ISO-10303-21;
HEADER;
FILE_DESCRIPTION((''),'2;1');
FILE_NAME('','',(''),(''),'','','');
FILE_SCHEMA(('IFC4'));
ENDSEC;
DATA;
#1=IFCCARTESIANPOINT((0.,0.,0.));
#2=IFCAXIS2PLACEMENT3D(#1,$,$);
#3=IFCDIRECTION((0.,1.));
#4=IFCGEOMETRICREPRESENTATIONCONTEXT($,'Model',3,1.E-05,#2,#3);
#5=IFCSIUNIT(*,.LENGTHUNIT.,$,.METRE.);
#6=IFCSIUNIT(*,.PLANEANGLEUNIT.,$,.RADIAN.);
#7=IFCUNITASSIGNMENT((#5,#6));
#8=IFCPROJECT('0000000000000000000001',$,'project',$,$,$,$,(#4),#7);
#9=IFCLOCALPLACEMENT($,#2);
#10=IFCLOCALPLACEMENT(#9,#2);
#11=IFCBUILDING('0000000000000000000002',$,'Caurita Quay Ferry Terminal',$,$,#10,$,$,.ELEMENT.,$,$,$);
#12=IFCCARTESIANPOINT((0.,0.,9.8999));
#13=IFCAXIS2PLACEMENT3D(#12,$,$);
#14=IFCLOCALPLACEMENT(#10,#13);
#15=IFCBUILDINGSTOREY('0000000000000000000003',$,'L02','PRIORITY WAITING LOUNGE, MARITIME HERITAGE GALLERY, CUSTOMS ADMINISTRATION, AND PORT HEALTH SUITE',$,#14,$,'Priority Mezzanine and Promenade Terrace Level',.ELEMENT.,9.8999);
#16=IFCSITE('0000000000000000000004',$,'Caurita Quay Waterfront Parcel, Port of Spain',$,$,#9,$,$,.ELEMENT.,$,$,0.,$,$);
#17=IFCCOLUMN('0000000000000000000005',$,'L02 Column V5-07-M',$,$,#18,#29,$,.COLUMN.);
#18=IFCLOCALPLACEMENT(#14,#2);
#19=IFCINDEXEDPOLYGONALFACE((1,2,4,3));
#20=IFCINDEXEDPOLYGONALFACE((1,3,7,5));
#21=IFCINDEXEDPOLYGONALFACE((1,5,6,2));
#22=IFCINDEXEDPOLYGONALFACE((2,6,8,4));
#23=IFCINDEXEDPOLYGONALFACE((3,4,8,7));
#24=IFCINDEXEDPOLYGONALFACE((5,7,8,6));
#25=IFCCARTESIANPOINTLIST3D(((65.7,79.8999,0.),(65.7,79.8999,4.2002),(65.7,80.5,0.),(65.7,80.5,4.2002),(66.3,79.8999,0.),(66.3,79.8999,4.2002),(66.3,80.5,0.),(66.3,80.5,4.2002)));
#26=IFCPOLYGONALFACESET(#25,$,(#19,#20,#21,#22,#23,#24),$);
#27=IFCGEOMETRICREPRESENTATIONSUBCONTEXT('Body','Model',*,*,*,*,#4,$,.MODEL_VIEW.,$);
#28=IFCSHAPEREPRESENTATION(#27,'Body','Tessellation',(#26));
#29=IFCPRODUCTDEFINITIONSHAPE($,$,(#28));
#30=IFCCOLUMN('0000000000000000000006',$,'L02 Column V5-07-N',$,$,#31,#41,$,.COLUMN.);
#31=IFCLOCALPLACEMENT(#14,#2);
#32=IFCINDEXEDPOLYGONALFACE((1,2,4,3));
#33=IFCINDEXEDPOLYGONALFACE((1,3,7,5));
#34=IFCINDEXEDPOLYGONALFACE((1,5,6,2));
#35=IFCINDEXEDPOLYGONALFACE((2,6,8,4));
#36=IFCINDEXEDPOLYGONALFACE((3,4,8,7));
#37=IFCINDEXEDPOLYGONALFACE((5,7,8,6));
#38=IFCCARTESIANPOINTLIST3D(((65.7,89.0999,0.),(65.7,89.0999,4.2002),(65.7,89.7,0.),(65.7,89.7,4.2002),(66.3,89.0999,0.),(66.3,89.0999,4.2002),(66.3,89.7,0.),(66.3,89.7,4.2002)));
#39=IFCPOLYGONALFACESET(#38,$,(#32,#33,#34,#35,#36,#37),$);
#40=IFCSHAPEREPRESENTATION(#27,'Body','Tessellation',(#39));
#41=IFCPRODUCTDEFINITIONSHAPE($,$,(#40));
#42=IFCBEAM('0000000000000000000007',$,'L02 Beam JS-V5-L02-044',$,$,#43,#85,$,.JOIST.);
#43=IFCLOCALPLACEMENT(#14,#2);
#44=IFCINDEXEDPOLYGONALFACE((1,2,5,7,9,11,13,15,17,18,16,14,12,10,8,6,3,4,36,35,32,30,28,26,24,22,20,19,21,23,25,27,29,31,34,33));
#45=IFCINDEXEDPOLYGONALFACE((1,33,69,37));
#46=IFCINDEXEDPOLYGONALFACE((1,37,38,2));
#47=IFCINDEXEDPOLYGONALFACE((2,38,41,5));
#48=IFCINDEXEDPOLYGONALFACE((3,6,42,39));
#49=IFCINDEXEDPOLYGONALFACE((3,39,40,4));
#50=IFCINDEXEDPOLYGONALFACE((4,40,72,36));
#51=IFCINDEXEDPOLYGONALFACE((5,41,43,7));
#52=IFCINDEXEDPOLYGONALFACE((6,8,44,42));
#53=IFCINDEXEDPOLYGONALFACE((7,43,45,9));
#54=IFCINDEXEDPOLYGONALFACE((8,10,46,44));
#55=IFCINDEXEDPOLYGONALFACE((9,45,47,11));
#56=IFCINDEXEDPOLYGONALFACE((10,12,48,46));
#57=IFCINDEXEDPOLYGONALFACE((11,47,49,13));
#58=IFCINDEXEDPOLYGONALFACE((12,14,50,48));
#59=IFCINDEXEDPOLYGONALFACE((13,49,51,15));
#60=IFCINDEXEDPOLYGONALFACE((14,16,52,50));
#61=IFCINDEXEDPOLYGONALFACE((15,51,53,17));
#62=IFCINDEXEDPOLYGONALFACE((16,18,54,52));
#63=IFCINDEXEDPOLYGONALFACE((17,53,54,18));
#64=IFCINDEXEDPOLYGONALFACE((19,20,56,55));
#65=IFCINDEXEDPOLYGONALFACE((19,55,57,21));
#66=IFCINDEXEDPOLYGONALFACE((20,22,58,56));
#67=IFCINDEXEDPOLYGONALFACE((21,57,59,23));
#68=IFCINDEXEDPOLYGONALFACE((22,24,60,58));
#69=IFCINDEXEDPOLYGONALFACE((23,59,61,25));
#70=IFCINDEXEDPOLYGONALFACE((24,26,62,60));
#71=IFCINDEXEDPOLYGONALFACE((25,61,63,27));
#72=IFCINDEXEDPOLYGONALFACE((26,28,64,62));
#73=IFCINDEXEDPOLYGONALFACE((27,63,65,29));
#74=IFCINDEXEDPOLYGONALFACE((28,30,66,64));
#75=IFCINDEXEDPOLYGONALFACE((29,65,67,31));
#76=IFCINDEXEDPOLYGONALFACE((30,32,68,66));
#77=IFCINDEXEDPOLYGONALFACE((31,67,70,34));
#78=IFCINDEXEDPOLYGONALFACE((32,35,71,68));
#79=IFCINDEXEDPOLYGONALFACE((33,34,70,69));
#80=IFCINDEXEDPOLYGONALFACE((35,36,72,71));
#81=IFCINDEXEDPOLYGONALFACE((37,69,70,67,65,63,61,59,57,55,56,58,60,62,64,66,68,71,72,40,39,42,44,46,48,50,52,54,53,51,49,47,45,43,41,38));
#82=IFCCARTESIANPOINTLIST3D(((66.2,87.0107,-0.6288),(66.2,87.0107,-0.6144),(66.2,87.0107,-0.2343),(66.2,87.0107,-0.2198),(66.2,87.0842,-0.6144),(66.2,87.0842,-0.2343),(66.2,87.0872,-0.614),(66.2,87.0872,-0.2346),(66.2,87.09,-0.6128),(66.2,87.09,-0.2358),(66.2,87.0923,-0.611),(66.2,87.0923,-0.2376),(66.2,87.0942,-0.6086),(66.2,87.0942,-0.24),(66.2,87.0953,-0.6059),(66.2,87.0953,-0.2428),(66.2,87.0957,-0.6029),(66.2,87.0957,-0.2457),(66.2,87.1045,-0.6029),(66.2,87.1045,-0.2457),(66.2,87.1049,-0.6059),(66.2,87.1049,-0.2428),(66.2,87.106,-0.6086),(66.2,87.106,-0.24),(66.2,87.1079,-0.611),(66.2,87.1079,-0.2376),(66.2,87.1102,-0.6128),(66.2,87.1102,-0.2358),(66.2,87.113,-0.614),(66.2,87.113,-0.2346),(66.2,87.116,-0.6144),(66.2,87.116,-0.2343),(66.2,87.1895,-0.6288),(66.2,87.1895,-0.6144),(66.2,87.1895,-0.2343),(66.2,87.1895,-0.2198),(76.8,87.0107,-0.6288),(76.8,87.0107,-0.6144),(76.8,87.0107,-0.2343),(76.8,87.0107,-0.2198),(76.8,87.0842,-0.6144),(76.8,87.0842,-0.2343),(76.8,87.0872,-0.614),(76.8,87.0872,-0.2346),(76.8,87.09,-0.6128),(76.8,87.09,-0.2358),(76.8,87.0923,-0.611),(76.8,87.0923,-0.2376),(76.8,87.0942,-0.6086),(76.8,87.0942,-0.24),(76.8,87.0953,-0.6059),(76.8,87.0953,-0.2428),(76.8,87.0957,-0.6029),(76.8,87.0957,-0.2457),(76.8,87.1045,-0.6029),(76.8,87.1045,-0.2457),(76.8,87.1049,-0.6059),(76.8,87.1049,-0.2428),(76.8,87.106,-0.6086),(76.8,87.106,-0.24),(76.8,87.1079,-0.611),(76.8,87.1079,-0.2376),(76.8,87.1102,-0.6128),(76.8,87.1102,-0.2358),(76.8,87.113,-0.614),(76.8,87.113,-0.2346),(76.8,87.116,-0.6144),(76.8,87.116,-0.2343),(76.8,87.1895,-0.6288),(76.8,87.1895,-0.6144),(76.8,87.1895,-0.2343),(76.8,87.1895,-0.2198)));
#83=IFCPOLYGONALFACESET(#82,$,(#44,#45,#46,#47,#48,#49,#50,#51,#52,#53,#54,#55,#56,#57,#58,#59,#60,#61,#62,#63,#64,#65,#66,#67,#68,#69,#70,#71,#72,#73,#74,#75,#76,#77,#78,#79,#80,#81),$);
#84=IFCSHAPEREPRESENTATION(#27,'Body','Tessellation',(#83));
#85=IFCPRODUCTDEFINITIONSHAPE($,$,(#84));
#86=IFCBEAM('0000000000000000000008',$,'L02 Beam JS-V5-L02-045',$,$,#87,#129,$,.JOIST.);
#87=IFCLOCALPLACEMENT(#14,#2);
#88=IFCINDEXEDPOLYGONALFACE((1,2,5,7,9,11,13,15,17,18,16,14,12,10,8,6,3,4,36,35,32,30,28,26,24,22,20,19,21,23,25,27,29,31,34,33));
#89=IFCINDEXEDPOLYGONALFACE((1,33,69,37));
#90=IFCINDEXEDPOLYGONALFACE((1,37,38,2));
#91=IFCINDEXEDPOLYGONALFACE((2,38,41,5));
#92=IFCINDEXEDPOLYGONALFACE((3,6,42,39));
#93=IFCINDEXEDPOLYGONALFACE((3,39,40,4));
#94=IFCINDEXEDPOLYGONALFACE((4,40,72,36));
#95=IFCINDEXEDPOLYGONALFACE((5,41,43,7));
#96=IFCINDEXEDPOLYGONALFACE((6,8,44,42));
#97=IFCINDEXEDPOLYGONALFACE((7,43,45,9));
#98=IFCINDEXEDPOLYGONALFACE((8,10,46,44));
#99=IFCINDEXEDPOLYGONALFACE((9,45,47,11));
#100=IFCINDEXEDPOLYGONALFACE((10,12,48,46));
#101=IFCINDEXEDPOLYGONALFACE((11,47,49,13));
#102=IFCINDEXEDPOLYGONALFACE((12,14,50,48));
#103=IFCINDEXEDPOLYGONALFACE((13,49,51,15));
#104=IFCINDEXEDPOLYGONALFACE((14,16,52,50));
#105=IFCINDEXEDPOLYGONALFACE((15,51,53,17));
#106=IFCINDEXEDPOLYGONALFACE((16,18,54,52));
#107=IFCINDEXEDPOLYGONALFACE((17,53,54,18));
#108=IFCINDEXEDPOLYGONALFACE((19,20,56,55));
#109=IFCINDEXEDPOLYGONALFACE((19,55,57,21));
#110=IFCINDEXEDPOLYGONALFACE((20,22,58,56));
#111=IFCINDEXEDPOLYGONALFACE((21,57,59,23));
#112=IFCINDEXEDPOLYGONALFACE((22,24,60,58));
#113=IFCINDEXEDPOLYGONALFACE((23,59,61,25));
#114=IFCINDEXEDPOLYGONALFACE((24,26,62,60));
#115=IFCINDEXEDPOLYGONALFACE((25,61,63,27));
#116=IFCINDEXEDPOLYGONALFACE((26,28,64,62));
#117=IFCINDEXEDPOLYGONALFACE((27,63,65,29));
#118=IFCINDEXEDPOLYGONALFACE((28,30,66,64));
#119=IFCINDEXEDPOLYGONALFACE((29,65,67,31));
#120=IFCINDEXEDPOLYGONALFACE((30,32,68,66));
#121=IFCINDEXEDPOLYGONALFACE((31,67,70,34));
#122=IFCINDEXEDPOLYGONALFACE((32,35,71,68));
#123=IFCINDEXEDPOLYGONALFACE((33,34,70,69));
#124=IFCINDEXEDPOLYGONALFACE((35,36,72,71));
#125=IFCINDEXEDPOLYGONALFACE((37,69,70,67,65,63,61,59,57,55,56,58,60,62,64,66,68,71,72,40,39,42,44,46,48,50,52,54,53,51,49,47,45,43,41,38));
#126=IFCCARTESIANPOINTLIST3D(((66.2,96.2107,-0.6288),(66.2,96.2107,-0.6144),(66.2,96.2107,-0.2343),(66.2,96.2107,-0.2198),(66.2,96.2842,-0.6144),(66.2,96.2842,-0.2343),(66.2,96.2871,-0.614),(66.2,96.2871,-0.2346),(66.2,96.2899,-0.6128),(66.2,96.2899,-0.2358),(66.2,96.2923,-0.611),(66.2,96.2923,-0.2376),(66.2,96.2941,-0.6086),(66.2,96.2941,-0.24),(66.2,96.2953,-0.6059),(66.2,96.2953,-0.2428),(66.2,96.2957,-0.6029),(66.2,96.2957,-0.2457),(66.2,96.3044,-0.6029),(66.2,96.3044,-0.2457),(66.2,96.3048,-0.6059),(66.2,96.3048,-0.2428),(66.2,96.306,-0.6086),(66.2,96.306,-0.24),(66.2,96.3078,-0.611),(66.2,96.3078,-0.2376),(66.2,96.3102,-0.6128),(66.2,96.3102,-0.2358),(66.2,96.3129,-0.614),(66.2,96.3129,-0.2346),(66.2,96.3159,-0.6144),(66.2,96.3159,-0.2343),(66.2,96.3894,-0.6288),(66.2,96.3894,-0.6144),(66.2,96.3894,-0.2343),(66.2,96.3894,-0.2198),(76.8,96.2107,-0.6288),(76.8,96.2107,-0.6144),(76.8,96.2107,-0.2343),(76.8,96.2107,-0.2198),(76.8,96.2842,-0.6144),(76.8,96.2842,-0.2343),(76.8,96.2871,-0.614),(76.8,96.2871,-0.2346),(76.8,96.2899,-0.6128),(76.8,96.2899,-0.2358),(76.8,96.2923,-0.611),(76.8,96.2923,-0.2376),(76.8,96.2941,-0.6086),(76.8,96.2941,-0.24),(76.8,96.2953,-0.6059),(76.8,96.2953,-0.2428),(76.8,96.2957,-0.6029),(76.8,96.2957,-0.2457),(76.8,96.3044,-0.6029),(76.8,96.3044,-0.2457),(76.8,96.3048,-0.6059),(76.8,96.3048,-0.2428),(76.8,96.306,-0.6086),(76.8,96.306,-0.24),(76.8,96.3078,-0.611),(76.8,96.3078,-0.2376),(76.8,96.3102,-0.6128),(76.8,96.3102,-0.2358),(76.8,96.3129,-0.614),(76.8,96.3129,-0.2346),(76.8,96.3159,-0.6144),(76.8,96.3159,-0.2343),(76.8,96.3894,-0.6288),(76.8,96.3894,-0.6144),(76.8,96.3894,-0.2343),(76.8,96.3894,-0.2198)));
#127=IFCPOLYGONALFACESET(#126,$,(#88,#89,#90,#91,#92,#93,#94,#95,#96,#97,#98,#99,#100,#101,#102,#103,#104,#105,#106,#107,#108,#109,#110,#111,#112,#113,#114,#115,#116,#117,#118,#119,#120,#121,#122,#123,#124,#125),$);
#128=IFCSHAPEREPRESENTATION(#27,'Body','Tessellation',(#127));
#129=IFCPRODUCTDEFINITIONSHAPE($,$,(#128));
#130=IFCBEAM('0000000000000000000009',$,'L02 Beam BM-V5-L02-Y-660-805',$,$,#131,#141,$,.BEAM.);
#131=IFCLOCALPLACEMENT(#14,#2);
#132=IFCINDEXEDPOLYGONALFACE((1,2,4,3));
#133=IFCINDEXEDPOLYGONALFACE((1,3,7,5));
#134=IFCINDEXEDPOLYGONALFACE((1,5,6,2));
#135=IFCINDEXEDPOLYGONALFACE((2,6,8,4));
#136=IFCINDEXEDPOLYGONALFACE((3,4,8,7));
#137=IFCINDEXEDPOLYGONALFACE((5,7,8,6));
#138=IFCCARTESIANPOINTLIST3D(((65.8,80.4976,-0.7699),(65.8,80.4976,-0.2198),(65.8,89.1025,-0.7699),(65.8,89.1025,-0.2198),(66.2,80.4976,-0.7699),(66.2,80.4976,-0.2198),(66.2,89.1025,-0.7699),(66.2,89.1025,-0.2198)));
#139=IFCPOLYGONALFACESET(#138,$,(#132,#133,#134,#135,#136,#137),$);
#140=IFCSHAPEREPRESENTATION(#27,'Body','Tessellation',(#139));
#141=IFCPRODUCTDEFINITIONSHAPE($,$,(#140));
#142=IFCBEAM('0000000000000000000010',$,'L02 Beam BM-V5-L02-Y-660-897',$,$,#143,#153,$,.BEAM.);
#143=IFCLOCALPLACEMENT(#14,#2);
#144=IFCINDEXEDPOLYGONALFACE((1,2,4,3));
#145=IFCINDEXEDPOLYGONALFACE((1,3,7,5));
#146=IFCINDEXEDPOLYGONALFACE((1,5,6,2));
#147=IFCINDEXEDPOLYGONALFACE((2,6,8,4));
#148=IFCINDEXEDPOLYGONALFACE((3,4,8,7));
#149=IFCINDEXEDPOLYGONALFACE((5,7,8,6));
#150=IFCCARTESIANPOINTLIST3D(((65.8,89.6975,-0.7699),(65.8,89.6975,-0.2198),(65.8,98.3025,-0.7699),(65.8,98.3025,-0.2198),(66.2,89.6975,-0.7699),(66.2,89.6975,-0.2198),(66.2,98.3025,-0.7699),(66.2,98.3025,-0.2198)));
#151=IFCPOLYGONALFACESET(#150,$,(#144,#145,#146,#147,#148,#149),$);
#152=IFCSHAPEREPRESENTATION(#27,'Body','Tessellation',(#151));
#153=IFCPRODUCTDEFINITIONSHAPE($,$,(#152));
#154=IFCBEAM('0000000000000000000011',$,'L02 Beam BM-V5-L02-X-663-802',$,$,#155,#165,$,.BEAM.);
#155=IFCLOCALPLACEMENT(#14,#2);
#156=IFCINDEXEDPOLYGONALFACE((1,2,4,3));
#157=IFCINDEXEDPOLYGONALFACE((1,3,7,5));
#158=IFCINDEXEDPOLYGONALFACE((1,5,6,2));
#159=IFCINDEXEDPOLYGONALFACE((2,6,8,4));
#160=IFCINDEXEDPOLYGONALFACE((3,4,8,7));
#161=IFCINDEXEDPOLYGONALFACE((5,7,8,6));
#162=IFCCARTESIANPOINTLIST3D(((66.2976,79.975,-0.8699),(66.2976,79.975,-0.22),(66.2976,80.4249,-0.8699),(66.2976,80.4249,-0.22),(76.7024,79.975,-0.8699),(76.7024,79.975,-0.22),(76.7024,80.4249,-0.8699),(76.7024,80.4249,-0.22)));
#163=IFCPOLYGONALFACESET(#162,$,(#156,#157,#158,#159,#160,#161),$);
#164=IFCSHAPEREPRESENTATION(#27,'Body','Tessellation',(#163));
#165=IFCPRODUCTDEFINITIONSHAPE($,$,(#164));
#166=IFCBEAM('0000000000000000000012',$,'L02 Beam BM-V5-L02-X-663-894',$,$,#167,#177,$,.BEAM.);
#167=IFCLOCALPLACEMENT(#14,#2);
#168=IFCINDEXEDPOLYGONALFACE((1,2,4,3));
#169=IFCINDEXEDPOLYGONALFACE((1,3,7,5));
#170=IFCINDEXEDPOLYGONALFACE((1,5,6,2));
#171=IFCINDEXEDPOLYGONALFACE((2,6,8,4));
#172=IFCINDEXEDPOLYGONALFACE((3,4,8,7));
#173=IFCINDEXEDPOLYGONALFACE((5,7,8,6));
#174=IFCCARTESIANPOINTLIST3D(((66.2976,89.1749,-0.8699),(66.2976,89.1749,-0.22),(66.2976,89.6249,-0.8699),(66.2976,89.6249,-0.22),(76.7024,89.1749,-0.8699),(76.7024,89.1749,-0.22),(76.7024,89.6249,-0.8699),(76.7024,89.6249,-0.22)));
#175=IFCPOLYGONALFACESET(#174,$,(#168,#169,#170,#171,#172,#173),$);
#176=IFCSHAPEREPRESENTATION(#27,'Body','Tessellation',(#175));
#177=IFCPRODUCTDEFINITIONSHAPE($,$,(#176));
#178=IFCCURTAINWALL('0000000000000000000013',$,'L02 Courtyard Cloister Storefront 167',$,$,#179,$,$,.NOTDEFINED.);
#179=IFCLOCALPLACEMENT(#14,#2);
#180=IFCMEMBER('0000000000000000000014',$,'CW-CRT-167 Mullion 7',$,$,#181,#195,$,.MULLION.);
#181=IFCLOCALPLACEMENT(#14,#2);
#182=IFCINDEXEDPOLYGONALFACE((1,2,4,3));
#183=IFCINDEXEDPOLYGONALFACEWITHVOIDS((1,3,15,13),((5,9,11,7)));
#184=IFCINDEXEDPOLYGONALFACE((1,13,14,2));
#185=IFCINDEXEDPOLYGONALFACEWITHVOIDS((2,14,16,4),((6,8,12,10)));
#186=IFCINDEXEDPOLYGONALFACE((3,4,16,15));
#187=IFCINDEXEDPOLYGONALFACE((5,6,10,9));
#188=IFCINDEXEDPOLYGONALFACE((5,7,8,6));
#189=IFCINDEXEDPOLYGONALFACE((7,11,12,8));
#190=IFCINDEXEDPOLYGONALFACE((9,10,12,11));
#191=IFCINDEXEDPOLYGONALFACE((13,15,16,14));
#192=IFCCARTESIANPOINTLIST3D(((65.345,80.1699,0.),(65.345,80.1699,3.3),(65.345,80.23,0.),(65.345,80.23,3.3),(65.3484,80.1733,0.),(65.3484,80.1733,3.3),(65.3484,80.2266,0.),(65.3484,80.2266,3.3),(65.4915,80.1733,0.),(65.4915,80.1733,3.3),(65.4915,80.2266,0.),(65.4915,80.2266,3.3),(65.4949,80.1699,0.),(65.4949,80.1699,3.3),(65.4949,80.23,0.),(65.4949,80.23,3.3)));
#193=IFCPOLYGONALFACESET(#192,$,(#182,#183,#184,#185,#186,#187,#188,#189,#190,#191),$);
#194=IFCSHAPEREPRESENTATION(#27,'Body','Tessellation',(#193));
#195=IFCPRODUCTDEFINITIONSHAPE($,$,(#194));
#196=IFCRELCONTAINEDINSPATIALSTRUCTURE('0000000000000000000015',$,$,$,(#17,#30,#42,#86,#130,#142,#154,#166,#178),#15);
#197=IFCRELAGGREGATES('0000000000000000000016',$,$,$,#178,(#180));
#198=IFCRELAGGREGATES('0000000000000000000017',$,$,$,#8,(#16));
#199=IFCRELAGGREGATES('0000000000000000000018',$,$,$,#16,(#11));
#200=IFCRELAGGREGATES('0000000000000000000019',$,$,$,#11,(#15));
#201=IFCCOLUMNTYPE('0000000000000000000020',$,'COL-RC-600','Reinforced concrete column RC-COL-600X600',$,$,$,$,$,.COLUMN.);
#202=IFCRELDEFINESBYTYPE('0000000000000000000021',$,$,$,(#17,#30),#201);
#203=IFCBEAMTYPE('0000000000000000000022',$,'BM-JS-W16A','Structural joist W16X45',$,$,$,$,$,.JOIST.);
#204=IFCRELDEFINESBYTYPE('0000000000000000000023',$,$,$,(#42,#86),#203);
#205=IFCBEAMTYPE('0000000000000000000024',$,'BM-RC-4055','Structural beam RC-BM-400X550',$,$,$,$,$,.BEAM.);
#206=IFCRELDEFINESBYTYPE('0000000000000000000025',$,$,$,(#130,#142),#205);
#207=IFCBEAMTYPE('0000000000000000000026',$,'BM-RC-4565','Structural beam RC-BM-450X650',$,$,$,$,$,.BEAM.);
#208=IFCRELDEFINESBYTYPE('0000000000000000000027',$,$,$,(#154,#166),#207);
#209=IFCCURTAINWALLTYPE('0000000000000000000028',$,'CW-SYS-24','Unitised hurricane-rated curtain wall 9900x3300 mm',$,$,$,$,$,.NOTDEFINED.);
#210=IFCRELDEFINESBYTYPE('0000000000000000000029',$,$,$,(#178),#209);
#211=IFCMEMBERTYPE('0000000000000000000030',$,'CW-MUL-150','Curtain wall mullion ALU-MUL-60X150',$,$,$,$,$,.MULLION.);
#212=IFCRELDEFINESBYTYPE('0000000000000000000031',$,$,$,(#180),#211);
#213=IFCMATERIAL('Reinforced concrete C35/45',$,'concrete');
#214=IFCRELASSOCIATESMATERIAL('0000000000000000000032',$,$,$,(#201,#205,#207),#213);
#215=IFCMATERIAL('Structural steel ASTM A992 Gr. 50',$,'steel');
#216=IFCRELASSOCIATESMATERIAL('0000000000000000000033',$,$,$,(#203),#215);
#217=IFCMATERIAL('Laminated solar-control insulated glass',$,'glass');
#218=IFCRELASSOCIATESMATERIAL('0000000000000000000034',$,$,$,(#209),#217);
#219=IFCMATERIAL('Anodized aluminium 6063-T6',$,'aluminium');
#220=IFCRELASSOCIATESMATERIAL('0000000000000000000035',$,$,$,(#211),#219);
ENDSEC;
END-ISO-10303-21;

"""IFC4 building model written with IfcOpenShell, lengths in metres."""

from ifc_helpers import new_model, si_unit, direction, frame, origin, origin_2d, place, context, subcontext, project, spatial, rectangle, hollow_rectangle, i_section, extrude, material, material_profile, profile_set, type_object, element, aggregate, save


model = new_model("IFC4")

# Units and contexts
model_context = context("Model", 3, precision=1e-05, world=origin(), true_north=direction((0.0, 1.0)))
body_context = subcontext(model_context, "Body", "Model", "MODEL_VIEW")
ifc_project = project(units=[si_unit("LENGTHUNIT", "METRE"), si_unit("PLANEANGLEUNIT", "RADIAN")], contexts=[model_context])

# Site, building, storey
site_placement = place(None, origin())
site = spatial("IfcSite", under=ifc_project, at=site_placement, Name="Caurita Quay Waterfront Parcel, Port of Spain", CompositionType="ELEMENT", RefElevation=0.0)
building_placement = place(site_placement, origin())
building = spatial("IfcBuilding", under=site, at=building_placement, Name="Caurita Quay Ferry Terminal", CompositionType="ELEMENT")
storey_placement = place(building_placement, frame((0.0, 0.0, 9.8999)))
storey = spatial("IfcBuildingStorey", under=building, at=storey_placement, Name="L02", Description="PRIORITY WAITING LOUNGE, MARITIME HERITAGE GALLERY, CUSTOMS ADMINISTRATION, AND PORT HEALTH SUITE", LongName="Priority Mezzanine and Promenade Terrace Level", CompositionType="ELEMENT", Elevation=9.8999)

# Columns
ifc_material_1 = material(Name="Reinforced concrete C35/45", Category="concrete")
ifc_material_profile_1 = material_profile(ifc_material_1, rectangle(XDim=0.6001, YDim=0.6001, at=origin_2d()), Name="RC-COL-600X600")
ifc_profile_set_1 = profile_set([ifc_material_profile_1], Name="Reinforced concrete C35/45")
column_type = type_object("IfcColumnType", Name="COL-RC-600", Description="Reinforced concrete column RC-COL-600X600", PredefinedType="COLUMN", material=ifc_profile_set_1)
for number, where, z_axis, x_axis, name in (
    (1, (66.0, 80.2, 0.0), (0.0, 0.0, 1.0), (1.0, 0.0, 0.0), "L02 Column V5-07-M"),
    (2, (66.0, 89.3999, 0.0), (0.0, 0.0, 1.0), (1.0, 0.0, 0.0), "L02 Column V5-07-N"),
):
    element("IfcColumn", number, at=place(storey_placement, frame(where, z_axis=z_axis, x_axis=x_axis)), inside=storey, type_object=column_type, Name=name, PredefinedType="COLUMN", context=body_context, shape_type="SweptSolid", body=[
        extrude(rectangle(XDim=0.6001, YDim=0.6001, at=origin_2d()), origin(), (0.0, 0.0, 1.0), 4.2002),
    ])

# Beams
ifc_material_2 = material(Name="Structural steel ASTM A992 Gr. 50", Category="steel")
ifc_material_profile_2 = material_profile(ifc_material_2, i_section(OverallWidth=0.1787, OverallDepth=0.4089, WebThickness=0.0088, FlangeThickness=0.0144, FilletRadius=0.0115, at=origin_2d()), Name="W16X45")
ifc_profile_set_2 = profile_set([ifc_material_profile_2], Name="Structural steel ASTM A992 Gr. 50")
beam_type_1 = type_object("IfcBeamType", Name="BM-JS-W16A", Description="Structural joist W16X45", PredefinedType="JOIST", material=ifc_profile_set_2)
for number, where, z_axis, x_axis, name in (
    (3, (66.2, 87.1001, -0.4243), (1.0, 0.0, 0.0), (0.0, 1.0, 0.0), "L02 Beam JS-V5-L02-044"),
    (4, (66.2, 96.3, -0.4243), (1.0, 0.0, 0.0), (0.0, 1.0, 0.0), "L02 Beam JS-V5-L02-045"),
):
    element("IfcBeam", number, at=place(storey_placement, frame(where, z_axis=z_axis, x_axis=x_axis)), inside=storey, type_object=beam_type_1, Name=name, PredefinedType="JOIST", context=body_context, shape_type="SweptSolid", body=[
        extrude(i_section(OverallWidth=0.1787, OverallDepth=0.4089, WebThickness=0.0088, FlangeThickness=0.0144, FilletRadius=0.0115, at=origin_2d()), origin(), (0.0, 0.0, 1.0), 10.6001),
    ])
ifc_material_profile_3 = material_profile(ifc_material_1, rectangle(XDim=0.3999, YDim=0.55, at=origin_2d()), Name="RC-BM-400X550")
ifc_profile_set_3 = profile_set([ifc_material_profile_3], Name="Reinforced concrete C35/45")
beam_type_2 = type_object("IfcBeamType", Name="BM-RC-4055", Description="Structural beam RC-BM-400X550", PredefinedType="BEAM", material=ifc_profile_set_3)
for number, where, z_axis, x_axis, name in (
    (5, (66.0, 80.4976, -0.4949), (0.0, 1.0, 0.0), (-1.0, 0.0, 0.0), "L02 Beam BM-V5-L02-Y-660-805"),
    (6, (66.0, 89.6975, -0.4949), (0.0, 1.0, 0.0), (-1.0, 0.0, 0.0), "L02 Beam BM-V5-L02-Y-660-897"),
):
    element("IfcBeam", number, at=place(storey_placement, frame(where, z_axis=z_axis, x_axis=x_axis)), inside=storey, type_object=beam_type_2, Name=name, PredefinedType="BEAM", context=body_context, shape_type="SweptSolid", body=[
        extrude(rectangle(XDim=0.3999, YDim=0.55, at=origin_2d()), origin(), (0.0, 0.0, 1.0), 8.605),
    ])
ifc_material_profile_4 = material_profile(ifc_material_1, rectangle(XDim=0.45, YDim=0.6499, at=origin_2d()), Name="RC-BM-450X650")
ifc_profile_set_4 = profile_set([ifc_material_profile_4], Name="Reinforced concrete C35/45")
beam_type_3 = type_object("IfcBeamType", Name="BM-RC-4565", Description="Structural beam RC-BM-450X650", PredefinedType="BEAM", material=ifc_profile_set_4)
for number, where, z_axis, x_axis, name in (
    (7, (66.2976, 80.2, -0.5449), (1.0, 0.0, 0.0), (0.0, 1.0, 0.0), "L02 Beam BM-V5-L02-X-663-802"),
    (8, (66.2976, 89.3999, -0.5449), (1.0, 0.0, 0.0), (0.0, 1.0, 0.0), "L02 Beam BM-V5-L02-X-663-894"),
):
    element("IfcBeam", number, at=place(storey_placement, frame(where, z_axis=z_axis, x_axis=x_axis)), inside=storey, type_object=beam_type_3, Name=name, PredefinedType="BEAM", context=body_context, shape_type="SweptSolid", body=[
        extrude(rectangle(XDim=0.45, YDim=0.6499, at=origin_2d()), origin(), (0.0, 0.0, 1.0), 10.4048),
    ])

# Curtain wall, member
ifc_material_3 = material(Name="Laminated solar-control insulated glass", Category="glass")
curtain_wall_type = type_object("IfcCurtainWallType", Name="CW-SYS-24", Description="Unitised hurricane-rated curtain wall 9900x3300 mm", PredefinedType="NOTDEFINED", material=ifc_material_3)
curtain_wall_placement = place(storey_placement, origin())
curtain_wall = element("IfcCurtainWall", 9, at=curtain_wall_placement, inside=storey, type_object=curtain_wall_type, Name="L02 Courtyard Cloister Storefront 167", PredefinedType="NOTDEFINED")
ifc_material_4 = material(Name="Anodized aluminium 6063-T6", Category="aluminium")
ifc_material_profile_5 = material_profile(ifc_material_4, hollow_rectangle(XDim=0.0601, YDim=0.1499, WallThickness=0.0034, at=origin_2d()), Name="ALU-MUL-60X150")
ifc_profile_set_5 = profile_set([ifc_material_profile_5], Name="Anodized aluminium 6063-T6")
member_type = type_object("IfcMemberType", Name="CW-MUL-150", Description="Curtain wall mullion ALU-MUL-60X150", PredefinedType="MULLION", material=ifc_profile_set_5)
member_placement = place(storey_placement, frame((65.4199, 80.2, 0.0), z_axis=(0.0, 0.0, 1.0), x_axis=(0.0, 1.0, 0.0)))
member = element("IfcMember", 10, at=member_placement, type_object=member_type, Name="CW-CRT-167 Mullion 7", PredefinedType="MULLION", context=body_context, shape_type="SweptSolid", body=[
    extrude(hollow_rectangle(XDim=0.0601, YDim=0.1499, WallThickness=0.0034, at=origin_2d()), origin(), (0.0, 0.0, 1.0), 3.3),
])
aggregate(curtain_wall, [member])

save(model, "model.ifc")
